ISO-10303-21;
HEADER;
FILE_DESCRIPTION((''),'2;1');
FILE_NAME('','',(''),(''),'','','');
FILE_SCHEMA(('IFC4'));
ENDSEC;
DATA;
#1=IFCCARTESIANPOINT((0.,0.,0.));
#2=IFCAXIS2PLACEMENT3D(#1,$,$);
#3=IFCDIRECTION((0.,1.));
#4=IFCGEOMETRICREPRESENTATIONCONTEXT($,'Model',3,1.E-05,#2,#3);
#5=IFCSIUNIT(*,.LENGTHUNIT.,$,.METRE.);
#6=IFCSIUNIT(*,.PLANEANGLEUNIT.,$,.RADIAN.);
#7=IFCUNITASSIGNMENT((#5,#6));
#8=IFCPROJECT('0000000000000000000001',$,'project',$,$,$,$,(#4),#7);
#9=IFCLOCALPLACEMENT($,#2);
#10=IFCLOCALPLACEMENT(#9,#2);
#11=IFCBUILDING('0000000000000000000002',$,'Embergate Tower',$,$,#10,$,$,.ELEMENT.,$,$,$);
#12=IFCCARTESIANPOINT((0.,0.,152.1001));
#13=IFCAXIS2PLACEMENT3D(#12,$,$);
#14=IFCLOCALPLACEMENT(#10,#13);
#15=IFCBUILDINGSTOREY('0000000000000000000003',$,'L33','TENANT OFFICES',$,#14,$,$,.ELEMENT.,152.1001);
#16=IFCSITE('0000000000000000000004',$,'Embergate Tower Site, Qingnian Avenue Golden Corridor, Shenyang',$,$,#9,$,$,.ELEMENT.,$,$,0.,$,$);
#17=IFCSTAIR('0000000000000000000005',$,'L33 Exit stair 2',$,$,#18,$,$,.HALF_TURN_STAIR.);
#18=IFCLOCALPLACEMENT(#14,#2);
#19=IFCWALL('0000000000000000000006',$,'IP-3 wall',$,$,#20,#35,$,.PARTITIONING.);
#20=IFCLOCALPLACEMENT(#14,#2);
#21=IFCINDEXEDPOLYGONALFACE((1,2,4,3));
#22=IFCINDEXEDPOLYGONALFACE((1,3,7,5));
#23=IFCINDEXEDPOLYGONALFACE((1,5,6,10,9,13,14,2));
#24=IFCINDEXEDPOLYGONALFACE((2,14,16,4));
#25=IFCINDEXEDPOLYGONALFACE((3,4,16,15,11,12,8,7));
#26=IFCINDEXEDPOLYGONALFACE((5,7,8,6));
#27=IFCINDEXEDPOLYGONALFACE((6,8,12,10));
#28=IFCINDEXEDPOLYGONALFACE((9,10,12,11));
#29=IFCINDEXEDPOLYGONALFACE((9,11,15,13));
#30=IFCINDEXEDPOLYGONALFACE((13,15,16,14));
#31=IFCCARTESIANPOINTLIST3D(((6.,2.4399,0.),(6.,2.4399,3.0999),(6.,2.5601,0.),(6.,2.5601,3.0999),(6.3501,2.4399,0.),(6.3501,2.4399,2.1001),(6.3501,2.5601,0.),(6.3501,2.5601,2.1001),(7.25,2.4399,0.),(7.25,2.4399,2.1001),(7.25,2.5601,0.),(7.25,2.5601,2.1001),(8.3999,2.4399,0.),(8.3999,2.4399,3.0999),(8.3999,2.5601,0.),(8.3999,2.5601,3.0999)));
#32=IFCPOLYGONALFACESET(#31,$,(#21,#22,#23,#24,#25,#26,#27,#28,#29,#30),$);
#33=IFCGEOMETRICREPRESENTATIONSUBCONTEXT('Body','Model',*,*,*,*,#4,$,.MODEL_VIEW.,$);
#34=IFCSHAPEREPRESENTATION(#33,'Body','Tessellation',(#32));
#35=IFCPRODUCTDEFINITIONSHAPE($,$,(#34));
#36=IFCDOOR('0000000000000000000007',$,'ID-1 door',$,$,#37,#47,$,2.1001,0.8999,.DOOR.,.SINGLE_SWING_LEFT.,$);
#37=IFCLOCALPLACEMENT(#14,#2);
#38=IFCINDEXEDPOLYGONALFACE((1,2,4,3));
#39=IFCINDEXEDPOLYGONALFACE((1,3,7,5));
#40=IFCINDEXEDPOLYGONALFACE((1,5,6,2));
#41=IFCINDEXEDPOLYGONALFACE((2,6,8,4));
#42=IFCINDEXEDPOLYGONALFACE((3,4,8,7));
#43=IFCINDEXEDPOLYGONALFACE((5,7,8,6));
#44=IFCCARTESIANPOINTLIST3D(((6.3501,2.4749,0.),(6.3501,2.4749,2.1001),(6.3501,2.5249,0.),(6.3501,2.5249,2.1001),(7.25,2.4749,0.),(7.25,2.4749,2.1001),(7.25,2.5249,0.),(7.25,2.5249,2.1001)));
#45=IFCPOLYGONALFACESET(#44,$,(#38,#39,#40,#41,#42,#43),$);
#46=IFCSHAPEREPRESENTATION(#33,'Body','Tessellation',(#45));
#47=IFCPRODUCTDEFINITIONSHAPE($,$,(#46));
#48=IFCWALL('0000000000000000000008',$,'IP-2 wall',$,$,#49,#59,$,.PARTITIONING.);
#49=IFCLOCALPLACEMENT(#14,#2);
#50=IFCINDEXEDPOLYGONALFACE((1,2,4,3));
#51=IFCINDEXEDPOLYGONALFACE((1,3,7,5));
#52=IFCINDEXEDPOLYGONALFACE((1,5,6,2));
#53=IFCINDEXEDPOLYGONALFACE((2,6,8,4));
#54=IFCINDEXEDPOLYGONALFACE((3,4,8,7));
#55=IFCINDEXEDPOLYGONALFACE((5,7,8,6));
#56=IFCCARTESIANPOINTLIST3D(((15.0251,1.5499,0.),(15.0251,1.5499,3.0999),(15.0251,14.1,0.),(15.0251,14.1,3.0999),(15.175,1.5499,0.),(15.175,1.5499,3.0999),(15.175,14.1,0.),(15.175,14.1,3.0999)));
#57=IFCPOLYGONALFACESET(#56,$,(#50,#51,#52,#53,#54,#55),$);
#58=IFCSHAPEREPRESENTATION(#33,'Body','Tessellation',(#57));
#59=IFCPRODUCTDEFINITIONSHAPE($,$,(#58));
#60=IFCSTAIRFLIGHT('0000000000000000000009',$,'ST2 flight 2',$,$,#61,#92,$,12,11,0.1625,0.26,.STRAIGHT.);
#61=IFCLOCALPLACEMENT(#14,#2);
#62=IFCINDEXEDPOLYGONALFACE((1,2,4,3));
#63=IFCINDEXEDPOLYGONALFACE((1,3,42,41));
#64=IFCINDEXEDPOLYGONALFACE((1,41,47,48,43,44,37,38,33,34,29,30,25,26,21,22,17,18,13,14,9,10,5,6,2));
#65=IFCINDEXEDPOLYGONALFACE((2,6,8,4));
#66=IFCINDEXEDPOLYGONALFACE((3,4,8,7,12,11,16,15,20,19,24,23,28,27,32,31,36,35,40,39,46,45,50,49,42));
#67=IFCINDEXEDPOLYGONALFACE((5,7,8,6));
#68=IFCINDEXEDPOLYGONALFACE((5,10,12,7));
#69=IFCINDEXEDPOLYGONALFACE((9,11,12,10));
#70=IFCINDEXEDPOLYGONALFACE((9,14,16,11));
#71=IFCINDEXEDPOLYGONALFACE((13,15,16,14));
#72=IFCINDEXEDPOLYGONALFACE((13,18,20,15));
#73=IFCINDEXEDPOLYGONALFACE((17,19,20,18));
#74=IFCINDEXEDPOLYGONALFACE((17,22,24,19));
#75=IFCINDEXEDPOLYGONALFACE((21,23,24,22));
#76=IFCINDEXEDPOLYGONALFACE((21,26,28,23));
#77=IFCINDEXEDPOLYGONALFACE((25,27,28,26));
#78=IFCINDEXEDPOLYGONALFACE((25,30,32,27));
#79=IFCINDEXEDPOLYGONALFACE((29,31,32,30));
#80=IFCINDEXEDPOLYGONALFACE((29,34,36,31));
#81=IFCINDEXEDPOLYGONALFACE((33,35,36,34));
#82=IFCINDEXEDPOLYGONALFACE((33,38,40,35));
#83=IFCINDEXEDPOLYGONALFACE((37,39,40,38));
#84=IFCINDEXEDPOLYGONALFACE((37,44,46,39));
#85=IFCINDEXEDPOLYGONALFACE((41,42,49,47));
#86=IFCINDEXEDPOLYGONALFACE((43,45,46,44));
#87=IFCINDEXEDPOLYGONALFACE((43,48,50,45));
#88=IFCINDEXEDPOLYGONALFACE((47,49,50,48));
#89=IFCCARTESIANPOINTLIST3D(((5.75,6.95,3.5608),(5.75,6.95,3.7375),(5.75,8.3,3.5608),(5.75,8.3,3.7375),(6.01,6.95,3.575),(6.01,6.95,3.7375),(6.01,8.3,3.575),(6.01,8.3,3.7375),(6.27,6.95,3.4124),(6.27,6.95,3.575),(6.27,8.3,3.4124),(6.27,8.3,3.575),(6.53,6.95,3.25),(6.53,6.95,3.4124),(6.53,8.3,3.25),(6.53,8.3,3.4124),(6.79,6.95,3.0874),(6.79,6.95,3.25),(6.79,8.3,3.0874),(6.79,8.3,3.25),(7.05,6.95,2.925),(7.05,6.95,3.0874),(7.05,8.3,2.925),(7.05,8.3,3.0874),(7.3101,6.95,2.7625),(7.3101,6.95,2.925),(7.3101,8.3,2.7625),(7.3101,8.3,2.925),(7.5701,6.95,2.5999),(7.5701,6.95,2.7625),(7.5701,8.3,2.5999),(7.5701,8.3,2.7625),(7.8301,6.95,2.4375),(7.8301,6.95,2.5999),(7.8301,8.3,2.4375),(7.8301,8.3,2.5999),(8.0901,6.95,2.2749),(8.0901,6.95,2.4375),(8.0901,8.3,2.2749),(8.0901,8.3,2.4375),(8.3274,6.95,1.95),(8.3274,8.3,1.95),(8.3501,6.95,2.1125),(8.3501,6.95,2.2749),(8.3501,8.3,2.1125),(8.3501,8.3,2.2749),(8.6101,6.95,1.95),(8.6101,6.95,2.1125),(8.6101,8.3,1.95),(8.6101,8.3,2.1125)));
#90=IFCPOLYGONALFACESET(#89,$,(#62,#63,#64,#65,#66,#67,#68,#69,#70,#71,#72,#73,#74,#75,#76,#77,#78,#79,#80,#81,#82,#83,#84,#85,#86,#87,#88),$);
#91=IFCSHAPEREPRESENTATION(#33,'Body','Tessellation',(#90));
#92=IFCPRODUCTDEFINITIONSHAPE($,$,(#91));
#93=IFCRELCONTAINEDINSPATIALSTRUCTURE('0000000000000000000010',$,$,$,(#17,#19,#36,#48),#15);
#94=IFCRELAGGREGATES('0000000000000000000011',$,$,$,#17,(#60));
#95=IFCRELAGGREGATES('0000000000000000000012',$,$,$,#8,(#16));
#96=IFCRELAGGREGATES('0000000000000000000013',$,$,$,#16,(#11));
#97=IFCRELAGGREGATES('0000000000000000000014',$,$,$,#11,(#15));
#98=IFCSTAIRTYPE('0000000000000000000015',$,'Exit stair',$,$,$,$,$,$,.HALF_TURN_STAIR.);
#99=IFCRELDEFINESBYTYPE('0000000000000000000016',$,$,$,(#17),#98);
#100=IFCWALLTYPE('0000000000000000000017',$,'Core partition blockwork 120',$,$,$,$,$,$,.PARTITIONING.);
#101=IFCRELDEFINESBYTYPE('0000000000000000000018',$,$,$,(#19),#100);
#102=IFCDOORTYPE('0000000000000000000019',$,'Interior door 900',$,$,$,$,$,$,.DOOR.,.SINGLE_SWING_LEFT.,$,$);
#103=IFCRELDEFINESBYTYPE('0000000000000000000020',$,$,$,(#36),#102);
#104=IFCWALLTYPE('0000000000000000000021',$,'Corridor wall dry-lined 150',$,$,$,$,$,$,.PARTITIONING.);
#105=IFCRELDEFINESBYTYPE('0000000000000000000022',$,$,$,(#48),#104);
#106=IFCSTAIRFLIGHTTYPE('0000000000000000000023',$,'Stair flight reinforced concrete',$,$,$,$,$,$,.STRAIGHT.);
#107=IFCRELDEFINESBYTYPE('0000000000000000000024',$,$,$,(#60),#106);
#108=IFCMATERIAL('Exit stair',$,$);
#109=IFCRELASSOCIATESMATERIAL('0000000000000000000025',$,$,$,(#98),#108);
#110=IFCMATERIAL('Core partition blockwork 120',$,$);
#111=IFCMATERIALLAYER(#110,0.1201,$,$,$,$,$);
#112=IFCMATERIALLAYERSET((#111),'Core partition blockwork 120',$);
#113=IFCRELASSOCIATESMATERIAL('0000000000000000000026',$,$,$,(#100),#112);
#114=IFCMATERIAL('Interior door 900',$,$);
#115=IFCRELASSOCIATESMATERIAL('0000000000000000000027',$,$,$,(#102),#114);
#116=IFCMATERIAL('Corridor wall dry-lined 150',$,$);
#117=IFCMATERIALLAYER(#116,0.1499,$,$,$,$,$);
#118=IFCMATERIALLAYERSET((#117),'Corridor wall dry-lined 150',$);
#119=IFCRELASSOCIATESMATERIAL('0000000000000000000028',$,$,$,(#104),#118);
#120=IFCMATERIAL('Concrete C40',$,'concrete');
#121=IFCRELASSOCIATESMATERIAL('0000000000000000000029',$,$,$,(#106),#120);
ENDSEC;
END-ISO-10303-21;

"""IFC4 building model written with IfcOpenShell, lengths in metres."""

from ifc_helpers import new_model, si_unit, direction, frame, frame_2d, origin, place, context, subcontext, project, spatial, polyline, rectangle, outline, extrude, source, transform, mapped, material, layer, layer_set, type_object, element, fill, aggregate, save


model = new_model("IFC4")

# Units and contexts
model_context = context("Model", 3, precision=1e-05, world=origin(), true_north=direction((0.0, 1.0)))
body_context = subcontext(model_context, "Body", "Model", "MODEL_VIEW")
ifc_project = project(units=[si_unit("LENGTHUNIT", "METRE"), si_unit("PLANEANGLEUNIT", "RADIAN")], contexts=[model_context])

# Site, building, storey
site_placement = place(None, origin())
site = spatial("IfcSite", under=ifc_project, at=site_placement, Name="Embergate Tower Site, Qingnian Avenue Golden Corridor, Shenyang", CompositionType="ELEMENT", RefElevation=0.0)
building_placement = place(site_placement, origin())
building = spatial("IfcBuilding", under=site, at=building_placement, Name="Embergate Tower", CompositionType="ELEMENT")
storey_placement = place(building_placement, frame((0.0, 0.0, 152.1001)))
storey = spatial("IfcBuildingStorey", under=building, at=storey_placement, Name="L33", Description="TENANT OFFICES", CompositionType="ELEMENT", Elevation=152.1001)

# Stair
ifc_material_1 = material(Name="Exit stair")
stair_type = type_object("IfcStairType", Name="Exit stair", PredefinedType="HALF_TURN_STAIR", material=ifc_material_1)
stair_placement = place(storey_placement, origin())
stair = element("IfcStair", 1, at=stair_placement, inside=storey, type_object=stair_type, Name="L33 Exit stair 2", PredefinedType="HALF_TURN_STAIR")
ifc_material_2 = material(Name="Concrete C40", Category="concrete")

# Wall, opening, door
ifc_material_3 = material(Name="Core partition blockwork 120")
ifc_layer_1 = layer(ifc_material_3, 0.1201)
ifc_layer_set_1 = layer_set([ifc_layer_1], Name="Core partition blockwork 120")
wall_type_1 = type_object("IfcWallType", Name="Core partition blockwork 120", PredefinedType="PARTITIONING", material=ifc_layer_set_1)
shared_shape_1 = source(origin(), body_context, "Body", "SweptSolid", [
    extrude(rectangle(XDim=2.3999, YDim=0.1201, at=frame_2d((1.2, 0.0))), origin(), (0.0, 0.0, 1.0), 3.0999),
])
wall_1_placement = place(storey_placement, frame((6.0, 2.5, 0.0), z_axis=(0.0, 0.0, 1.0), x_axis=(1.0, 0.0, 0.0)))
wall_1 = element("IfcWall", 2, at=wall_1_placement, inside=storey, type_object=wall_type_1, Name="IP-3 wall", PredefinedType="PARTITIONING", context=body_context, shape_type="MappedRepresentation", body=[
    mapped(shared_shape_1, transform((0.0, 0.0, 0.0))),
])
shared_shape_2 = source(origin(), body_context, "Body", "SweptSolid", [
    extrude(rectangle(XDim=0.8999, YDim=2.1001, at=frame_2d((0.45, 1.05))), frame((0.0, 0.0701, 0.0), z_axis=(0.0, -1.0, 0.0), x_axis=(1.0, 0.0, 0.0)), (0.0, 0.0, 1.0), 0.1401),
])
opening_1_placement = place(wall_1_placement, frame((0.3501, 0.0, 0.0)))
opening_1 = element("IfcOpeningElement", 3, at=opening_1_placement, cuts=wall_1, PredefinedType="OPENING", context=body_context, shape_type="MappedRepresentation", body=[
    mapped(shared_shape_2, transform((0.0, 0.0, 0.0))),
])
ifc_material_4 = material(Name="Interior door 900")
door_type_1 = type_object("IfcDoorType", Name="Interior door 900", OperationType="SINGLE_SWING_LEFT", PredefinedType="DOOR", material=ifc_material_4)
shared_shape_3 = source(origin(), body_context, "Body", "SweptSolid", [
    extrude(rectangle(XDim=0.8999, YDim=2.1001, at=frame_2d((0.45, 1.05))), frame((0.0, 0.0249, 0.0), z_axis=(0.0, -1.0, 0.0), x_axis=(1.0, 0.0, 0.0)), (0.0, 0.0, 1.0), 0.05),
])
door_1_placement = place(opening_1_placement, origin())
door_1 = element("IfcDoor", 4, at=door_1_placement, inside=storey, type_object=door_type_1, Name="ID-1 door", OperationType="SINGLE_SWING_LEFT", OverallHeight=2.1001, OverallWidth=0.8999, PredefinedType="DOOR", context=body_context, shape_type="MappedRepresentation", body=[
    mapped(shared_shape_3, transform((0.0, 0.0, 0.0))),
])
fill(opening_1, door_1)

# Wall
ifc_material_5 = material(Name="Corridor wall dry-lined 150")
ifc_layer_2 = layer(ifc_material_5, 0.1499)
ifc_layer_set_2 = layer_set([ifc_layer_2], Name="Corridor wall dry-lined 150")
wall_type_2 = type_object("IfcWallType", Name="Corridor wall dry-lined 150", PredefinedType="PARTITIONING", material=ifc_layer_set_2)
shared_shape_4 = source(origin(), body_context, "Body", "SweptSolid", [
    extrude(rectangle(XDim=12.55, YDim=0.1499, at=frame_2d((6.2749, 0.0))), origin(), (0.0, 0.0, 1.0), 3.0999),
])
wall_2_placement = place(storey_placement, frame((15.1001, 1.55, 0.0), z_axis=(0.0, 0.0, 1.0), x_axis=(0.0, 1.0, 0.0)))
element("IfcWall", 5, at=wall_2_placement, inside=storey, type_object=wall_type_2, Name="IP-2 wall", PredefinedType="PARTITIONING", context=body_context, shape_type="MappedRepresentation", body=[
    mapped(shared_shape_4, transform((0.0, 0.0, 0.0))),
])

# Stair flight
stair_flight_type = type_object("IfcStairFlightType", Name="Stair flight reinforced concrete", PredefinedType="STRAIGHT", material=ifc_material_2)
shared_shape_5 = source(origin(), body_context, "Body", "SweptSolid", [
    extrude(outline(polyline([(0.0, 0.0), (0.0, 0.1626), (0.26, 0.1626), (0.26, 0.325), (0.52, 0.325), (0.52, 0.4875), (0.78, 0.4875), (0.78, 0.6499), (1.04, 0.6499), (1.04, 0.8125), (1.3, 0.8125), (1.3, 0.9751), (1.5601, 0.9751), (1.5601, 1.1375), (1.8201, 1.1375), (1.8201, 1.3), (2.0801, 1.3), (2.0801, 1.4624), (2.3401, 1.4624), (2.3401, 1.625), (2.6001, 1.625), (2.6001, 1.7876), (2.8601, 1.7876), (2.8601, 1.95), (2.8601, 1.6108), (0.2827, 0.0), (0.0, 0.0)])), frame((0.0, 0.675, 0.0), z_axis=(0.0, -1.0, 0.0), x_axis=(1.0, 0.0, 0.0)), (0.0, 0.0, 1.0), 1.3501),
])
stair_flight_placement = place(storey_placement, frame((8.6101, 7.625, 1.95), z_axis=(0.0, 0.0, 1.0), x_axis=(-1.0, 0.0, 0.0)))
stair_flight = element("IfcStairFlight", 6, at=stair_flight_placement, type_object=stair_flight_type, Name="ST2 flight 2", NumberOfRisers=12, NumberOfTreads=11, PredefinedType="STRAIGHT", RiserHeight=0.1625, TreadLength=0.26, context=body_context, shape_type="MappedRepresentation", body=[
    mapped(shared_shape_5, transform((0.0, 0.0, 0.0))),
])
aggregate(stair, [stair_flight])

save(model, "model.ifc")
